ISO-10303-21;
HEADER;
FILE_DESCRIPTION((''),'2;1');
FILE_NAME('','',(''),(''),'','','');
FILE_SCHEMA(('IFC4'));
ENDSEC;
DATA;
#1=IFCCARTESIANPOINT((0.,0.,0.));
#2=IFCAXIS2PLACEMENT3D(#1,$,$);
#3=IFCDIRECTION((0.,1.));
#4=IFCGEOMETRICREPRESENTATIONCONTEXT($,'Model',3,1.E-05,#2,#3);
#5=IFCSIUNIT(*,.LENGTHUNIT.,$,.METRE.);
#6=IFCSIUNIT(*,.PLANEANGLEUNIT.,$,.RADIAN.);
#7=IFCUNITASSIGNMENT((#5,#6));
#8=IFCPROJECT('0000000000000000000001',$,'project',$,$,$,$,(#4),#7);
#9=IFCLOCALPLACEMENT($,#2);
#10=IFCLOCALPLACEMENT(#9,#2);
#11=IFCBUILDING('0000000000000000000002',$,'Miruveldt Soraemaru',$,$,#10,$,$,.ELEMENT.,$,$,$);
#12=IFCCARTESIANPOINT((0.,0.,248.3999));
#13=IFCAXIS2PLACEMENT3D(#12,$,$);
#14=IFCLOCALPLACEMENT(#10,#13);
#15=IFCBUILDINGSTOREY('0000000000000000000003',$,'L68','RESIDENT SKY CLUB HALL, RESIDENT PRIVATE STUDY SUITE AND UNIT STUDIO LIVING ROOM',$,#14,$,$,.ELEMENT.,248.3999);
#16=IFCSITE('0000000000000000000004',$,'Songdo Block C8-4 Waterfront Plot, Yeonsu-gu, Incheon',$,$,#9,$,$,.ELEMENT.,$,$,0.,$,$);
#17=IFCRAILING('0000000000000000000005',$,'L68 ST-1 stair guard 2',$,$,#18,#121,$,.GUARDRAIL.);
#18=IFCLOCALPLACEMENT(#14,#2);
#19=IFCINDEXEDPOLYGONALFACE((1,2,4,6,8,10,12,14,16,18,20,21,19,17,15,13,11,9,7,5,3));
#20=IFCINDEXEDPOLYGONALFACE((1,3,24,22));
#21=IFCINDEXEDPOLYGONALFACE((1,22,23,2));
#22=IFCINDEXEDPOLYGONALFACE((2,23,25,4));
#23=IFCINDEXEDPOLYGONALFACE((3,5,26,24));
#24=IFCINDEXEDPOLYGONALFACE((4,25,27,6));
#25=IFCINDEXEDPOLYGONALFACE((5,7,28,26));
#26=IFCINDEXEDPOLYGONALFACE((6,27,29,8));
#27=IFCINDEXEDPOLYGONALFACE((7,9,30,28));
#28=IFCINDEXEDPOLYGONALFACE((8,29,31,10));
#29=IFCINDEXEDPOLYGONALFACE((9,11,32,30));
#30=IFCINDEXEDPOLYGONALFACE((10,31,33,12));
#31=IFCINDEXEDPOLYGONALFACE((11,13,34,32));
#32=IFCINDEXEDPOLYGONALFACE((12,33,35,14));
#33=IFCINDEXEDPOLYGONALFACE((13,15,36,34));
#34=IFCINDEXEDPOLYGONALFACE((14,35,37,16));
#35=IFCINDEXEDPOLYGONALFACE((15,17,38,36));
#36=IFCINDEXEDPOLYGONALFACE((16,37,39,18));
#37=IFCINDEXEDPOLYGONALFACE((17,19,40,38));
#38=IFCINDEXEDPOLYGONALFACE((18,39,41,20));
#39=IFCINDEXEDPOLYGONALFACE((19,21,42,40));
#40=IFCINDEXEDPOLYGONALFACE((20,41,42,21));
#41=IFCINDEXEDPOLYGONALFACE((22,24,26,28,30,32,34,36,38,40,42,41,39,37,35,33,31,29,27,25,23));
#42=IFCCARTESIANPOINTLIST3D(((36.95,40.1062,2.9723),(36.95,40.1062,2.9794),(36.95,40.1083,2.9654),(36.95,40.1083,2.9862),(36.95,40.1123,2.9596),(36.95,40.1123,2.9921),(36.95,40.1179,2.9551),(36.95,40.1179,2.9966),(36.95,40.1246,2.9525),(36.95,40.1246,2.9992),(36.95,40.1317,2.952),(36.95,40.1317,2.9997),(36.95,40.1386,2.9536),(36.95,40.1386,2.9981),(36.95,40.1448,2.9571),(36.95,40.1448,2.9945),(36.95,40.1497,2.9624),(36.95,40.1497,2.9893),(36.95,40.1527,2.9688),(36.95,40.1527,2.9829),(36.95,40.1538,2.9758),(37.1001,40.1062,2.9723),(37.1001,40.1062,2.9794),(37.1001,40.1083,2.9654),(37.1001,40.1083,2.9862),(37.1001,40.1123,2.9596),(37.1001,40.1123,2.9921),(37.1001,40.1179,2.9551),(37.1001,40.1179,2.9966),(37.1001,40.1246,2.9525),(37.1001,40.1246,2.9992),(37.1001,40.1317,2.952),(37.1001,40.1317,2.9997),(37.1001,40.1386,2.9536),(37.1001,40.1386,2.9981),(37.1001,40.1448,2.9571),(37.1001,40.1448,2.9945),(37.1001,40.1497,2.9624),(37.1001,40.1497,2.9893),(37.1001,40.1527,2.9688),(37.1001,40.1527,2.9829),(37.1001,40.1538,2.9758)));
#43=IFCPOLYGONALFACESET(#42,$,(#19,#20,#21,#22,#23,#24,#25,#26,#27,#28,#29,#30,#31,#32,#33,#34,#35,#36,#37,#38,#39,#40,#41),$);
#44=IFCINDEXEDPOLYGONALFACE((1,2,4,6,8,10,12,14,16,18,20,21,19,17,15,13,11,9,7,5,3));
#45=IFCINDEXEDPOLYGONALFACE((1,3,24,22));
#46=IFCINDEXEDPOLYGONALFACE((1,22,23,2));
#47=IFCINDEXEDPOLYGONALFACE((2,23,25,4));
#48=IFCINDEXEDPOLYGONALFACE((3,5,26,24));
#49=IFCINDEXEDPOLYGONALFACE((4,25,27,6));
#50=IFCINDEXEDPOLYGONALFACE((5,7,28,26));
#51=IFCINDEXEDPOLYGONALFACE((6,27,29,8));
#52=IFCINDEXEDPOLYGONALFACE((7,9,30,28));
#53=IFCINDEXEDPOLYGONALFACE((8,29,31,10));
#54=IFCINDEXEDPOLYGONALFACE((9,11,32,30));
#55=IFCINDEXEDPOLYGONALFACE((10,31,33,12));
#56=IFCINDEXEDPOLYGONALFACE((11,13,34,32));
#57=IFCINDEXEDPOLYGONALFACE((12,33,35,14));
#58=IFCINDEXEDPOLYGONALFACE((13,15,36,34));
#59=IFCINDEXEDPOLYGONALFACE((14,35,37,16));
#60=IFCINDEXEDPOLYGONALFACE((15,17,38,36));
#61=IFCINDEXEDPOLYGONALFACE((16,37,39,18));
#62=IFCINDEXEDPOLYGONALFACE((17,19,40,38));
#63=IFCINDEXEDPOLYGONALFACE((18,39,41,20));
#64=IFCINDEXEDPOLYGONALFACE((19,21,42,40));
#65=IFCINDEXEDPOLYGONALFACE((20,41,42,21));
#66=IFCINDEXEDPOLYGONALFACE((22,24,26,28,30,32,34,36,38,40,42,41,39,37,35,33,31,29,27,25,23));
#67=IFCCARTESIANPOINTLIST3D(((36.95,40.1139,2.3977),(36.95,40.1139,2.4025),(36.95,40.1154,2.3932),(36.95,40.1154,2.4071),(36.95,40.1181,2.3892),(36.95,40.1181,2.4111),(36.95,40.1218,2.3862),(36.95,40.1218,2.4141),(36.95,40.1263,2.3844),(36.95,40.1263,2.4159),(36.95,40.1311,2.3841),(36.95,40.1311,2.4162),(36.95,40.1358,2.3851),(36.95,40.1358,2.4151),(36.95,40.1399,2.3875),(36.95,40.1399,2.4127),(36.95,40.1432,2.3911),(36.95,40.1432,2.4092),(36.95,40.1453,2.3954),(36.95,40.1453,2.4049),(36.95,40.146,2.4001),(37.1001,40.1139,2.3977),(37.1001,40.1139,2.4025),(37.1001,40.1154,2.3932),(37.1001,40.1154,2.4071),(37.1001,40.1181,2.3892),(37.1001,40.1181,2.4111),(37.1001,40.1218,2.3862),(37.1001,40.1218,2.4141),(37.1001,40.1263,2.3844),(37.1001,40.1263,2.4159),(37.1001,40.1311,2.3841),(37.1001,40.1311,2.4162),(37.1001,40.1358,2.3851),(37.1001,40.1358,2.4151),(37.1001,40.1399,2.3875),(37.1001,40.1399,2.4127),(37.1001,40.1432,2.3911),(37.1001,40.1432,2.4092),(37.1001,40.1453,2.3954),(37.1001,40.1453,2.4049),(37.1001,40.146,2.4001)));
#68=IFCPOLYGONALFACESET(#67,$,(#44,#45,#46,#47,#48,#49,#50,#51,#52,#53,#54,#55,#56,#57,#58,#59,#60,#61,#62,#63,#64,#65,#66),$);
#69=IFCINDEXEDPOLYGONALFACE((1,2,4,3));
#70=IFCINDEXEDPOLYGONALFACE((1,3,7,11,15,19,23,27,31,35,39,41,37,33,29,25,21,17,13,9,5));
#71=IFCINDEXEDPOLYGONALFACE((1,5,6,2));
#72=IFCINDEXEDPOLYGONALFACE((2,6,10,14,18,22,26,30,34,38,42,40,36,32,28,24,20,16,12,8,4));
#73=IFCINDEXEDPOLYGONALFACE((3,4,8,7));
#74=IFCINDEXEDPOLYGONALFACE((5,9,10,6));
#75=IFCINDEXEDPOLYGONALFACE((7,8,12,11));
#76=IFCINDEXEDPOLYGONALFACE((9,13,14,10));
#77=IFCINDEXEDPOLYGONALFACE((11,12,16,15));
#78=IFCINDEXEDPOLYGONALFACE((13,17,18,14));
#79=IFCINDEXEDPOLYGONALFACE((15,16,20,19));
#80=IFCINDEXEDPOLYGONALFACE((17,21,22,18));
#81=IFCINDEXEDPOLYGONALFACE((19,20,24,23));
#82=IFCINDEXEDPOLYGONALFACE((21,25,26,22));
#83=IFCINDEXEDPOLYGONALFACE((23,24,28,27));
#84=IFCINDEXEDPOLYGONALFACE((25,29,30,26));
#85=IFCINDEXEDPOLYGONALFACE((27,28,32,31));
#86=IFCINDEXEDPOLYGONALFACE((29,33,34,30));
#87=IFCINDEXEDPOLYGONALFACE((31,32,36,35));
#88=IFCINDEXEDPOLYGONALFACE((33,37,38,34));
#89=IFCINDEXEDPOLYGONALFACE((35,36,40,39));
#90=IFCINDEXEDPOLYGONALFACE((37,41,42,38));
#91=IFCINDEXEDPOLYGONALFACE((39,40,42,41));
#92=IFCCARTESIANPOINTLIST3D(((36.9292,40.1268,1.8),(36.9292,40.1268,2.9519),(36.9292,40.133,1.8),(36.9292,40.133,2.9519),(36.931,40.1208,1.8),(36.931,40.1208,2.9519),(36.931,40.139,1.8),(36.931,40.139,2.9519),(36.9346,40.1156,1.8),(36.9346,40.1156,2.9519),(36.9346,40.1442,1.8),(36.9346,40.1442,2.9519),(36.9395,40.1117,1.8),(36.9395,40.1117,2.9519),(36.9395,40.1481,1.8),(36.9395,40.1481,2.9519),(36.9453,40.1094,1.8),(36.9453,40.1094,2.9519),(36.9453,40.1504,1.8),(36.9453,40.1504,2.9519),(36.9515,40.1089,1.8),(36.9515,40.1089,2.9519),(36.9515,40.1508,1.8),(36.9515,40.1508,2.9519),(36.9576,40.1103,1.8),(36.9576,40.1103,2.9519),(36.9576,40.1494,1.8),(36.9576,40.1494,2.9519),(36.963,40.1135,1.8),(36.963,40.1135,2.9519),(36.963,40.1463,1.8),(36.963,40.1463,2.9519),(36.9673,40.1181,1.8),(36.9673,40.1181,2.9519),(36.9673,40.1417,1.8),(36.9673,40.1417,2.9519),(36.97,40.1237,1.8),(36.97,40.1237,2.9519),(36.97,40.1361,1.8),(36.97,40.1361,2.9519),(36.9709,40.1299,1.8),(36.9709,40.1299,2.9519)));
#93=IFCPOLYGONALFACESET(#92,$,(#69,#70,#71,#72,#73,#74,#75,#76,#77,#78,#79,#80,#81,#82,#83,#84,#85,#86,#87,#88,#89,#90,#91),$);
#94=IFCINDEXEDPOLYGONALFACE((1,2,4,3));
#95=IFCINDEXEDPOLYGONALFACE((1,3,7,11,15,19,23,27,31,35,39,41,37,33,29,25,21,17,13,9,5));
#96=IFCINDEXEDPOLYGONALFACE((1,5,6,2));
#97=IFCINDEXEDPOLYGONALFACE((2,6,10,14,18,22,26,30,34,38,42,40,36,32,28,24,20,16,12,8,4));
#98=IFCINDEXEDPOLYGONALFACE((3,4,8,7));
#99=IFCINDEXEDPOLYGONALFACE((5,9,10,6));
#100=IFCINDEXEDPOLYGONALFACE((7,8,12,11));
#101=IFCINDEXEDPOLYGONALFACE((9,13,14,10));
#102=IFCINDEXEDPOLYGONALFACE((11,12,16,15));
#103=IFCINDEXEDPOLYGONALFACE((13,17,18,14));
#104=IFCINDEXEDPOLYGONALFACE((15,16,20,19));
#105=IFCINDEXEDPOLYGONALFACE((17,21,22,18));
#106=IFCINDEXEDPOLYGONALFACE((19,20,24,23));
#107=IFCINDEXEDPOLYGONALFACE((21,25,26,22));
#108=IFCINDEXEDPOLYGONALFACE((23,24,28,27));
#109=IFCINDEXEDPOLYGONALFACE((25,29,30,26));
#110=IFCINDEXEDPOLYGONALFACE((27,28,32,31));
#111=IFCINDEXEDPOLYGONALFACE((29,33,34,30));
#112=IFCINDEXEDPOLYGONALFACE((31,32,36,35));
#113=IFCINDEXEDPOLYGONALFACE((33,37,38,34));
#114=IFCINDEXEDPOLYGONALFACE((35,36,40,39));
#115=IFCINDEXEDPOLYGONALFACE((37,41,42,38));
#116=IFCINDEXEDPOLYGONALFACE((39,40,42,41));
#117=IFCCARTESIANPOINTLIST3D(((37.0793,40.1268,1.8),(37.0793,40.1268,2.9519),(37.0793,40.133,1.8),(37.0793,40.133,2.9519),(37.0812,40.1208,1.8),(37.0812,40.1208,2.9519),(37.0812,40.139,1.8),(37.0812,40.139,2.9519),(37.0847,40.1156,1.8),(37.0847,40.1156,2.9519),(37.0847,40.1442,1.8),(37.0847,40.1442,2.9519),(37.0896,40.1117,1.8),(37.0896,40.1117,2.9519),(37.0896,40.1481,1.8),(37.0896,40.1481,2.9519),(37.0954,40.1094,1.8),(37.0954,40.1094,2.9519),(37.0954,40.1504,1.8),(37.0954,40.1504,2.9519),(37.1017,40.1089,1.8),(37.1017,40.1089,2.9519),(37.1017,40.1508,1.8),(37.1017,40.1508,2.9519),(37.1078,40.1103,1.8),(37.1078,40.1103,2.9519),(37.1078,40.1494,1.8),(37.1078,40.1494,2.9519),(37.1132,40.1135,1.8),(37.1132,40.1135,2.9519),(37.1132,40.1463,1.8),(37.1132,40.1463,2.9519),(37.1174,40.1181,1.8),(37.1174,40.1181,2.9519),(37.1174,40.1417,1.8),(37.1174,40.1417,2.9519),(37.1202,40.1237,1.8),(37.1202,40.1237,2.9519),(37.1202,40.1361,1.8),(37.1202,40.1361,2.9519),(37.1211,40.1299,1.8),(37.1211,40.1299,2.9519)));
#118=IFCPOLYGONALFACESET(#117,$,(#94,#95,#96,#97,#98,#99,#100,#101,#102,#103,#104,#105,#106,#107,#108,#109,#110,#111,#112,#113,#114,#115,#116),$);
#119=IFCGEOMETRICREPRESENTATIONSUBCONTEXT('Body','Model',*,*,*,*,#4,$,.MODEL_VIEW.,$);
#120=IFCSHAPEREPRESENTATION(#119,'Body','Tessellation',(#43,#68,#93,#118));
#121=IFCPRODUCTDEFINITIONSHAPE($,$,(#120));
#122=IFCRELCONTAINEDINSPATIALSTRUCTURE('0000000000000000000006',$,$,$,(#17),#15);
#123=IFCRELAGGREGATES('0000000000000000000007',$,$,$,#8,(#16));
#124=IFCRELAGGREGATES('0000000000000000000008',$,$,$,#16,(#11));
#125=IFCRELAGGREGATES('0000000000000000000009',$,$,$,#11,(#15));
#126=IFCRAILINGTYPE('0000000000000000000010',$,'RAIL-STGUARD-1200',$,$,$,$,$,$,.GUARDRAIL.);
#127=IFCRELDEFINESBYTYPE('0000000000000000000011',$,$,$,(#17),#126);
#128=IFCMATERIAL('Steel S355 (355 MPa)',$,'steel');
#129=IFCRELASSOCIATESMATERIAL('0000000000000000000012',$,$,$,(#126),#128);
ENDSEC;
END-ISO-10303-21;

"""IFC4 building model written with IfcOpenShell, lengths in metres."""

from ifc_helpers import new_model, si_unit, direction, frame, origin, origin_2d, place, context, subcontext, project, spatial, circle, extrude, material, type_object, element, save


model = new_model("IFC4")

# Units and contexts
model_context = context("Model", 3, precision=1e-05, world=origin(), true_north=direction((0.0, 1.0)))
body_context = subcontext(model_context, "Body", "Model", "MODEL_VIEW")
ifc_project = project(units=[si_unit("LENGTHUNIT", "METRE"), si_unit("PLANEANGLEUNIT", "RADIAN")], contexts=[model_context])

# Site, building, storey
site_placement = place(None, origin())
site = spatial("IfcSite", under=ifc_project, at=site_placement, Name="Songdo Block C8-4 Waterfront Plot, Yeonsu-gu, Incheon", CompositionType="ELEMENT", RefElevation=0.0)
building_placement = place(site_placement, origin())
building = spatial("IfcBuilding", under=site, at=building_placement, Name="Miruveldt Soraemaru", CompositionType="ELEMENT")
storey_placement = place(building_placement, frame((0.0, 0.0, 248.3999)))
storey = spatial("IfcBuildingStorey", under=building, at=storey_placement, Name="L68", Description="RESIDENT SKY CLUB HALL, RESIDENT PRIVATE STUDY SUITE AND UNIT STUDIO LIVING ROOM", CompositionType="ELEMENT", Elevation=248.3999)

# Railing
ifc_material_1 = material(Name="Steel S355 (355 MPa)", Category="steel")
railing_type_1 = type_object("IfcRailingType", Name="RAIL-STGUARD-1200", PredefinedType="GUARDRAIL", material=ifc_material_1)
railing_1_placement = place(storey_placement, frame((36.95, 40.1299, 1.8)))
element("IfcRailing", 1, at=railing_1_placement, inside=storey, type_object=railing_type_1, Name="L68 ST-1 stair guard 2", PredefinedType="GUARDRAIL", context=body_context, shape_type="SweptSolid", body=[
    extrude(circle(Radius=0.0239, at=origin_2d()), frame((0.0, 0.0, 1.1758), z_axis=(1.0, 0.0, 0.0), x_axis=(0.0, 1.0, 0.0)), (0.0, 0.0, 1.0), 0.1501),
    extrude(circle(Radius=0.0161, at=origin_2d()), frame((0.0, 0.0, 0.6001), z_axis=(1.0, 0.0, 0.0), x_axis=(0.0, 1.0, 0.0)), (0.0, 0.0, 1.0), 0.1501),
    extrude(circle(Radius=0.021, at=origin_2d()), origin(), (0.0, 0.0, 1.0), 1.1519),
    extrude(circle(Radius=0.021, at=origin_2d()), frame((0.1501, 0.0, 0.0)), (0.0, 0.0, 1.0), 1.1519),
])

save(model, "model.ifc")
